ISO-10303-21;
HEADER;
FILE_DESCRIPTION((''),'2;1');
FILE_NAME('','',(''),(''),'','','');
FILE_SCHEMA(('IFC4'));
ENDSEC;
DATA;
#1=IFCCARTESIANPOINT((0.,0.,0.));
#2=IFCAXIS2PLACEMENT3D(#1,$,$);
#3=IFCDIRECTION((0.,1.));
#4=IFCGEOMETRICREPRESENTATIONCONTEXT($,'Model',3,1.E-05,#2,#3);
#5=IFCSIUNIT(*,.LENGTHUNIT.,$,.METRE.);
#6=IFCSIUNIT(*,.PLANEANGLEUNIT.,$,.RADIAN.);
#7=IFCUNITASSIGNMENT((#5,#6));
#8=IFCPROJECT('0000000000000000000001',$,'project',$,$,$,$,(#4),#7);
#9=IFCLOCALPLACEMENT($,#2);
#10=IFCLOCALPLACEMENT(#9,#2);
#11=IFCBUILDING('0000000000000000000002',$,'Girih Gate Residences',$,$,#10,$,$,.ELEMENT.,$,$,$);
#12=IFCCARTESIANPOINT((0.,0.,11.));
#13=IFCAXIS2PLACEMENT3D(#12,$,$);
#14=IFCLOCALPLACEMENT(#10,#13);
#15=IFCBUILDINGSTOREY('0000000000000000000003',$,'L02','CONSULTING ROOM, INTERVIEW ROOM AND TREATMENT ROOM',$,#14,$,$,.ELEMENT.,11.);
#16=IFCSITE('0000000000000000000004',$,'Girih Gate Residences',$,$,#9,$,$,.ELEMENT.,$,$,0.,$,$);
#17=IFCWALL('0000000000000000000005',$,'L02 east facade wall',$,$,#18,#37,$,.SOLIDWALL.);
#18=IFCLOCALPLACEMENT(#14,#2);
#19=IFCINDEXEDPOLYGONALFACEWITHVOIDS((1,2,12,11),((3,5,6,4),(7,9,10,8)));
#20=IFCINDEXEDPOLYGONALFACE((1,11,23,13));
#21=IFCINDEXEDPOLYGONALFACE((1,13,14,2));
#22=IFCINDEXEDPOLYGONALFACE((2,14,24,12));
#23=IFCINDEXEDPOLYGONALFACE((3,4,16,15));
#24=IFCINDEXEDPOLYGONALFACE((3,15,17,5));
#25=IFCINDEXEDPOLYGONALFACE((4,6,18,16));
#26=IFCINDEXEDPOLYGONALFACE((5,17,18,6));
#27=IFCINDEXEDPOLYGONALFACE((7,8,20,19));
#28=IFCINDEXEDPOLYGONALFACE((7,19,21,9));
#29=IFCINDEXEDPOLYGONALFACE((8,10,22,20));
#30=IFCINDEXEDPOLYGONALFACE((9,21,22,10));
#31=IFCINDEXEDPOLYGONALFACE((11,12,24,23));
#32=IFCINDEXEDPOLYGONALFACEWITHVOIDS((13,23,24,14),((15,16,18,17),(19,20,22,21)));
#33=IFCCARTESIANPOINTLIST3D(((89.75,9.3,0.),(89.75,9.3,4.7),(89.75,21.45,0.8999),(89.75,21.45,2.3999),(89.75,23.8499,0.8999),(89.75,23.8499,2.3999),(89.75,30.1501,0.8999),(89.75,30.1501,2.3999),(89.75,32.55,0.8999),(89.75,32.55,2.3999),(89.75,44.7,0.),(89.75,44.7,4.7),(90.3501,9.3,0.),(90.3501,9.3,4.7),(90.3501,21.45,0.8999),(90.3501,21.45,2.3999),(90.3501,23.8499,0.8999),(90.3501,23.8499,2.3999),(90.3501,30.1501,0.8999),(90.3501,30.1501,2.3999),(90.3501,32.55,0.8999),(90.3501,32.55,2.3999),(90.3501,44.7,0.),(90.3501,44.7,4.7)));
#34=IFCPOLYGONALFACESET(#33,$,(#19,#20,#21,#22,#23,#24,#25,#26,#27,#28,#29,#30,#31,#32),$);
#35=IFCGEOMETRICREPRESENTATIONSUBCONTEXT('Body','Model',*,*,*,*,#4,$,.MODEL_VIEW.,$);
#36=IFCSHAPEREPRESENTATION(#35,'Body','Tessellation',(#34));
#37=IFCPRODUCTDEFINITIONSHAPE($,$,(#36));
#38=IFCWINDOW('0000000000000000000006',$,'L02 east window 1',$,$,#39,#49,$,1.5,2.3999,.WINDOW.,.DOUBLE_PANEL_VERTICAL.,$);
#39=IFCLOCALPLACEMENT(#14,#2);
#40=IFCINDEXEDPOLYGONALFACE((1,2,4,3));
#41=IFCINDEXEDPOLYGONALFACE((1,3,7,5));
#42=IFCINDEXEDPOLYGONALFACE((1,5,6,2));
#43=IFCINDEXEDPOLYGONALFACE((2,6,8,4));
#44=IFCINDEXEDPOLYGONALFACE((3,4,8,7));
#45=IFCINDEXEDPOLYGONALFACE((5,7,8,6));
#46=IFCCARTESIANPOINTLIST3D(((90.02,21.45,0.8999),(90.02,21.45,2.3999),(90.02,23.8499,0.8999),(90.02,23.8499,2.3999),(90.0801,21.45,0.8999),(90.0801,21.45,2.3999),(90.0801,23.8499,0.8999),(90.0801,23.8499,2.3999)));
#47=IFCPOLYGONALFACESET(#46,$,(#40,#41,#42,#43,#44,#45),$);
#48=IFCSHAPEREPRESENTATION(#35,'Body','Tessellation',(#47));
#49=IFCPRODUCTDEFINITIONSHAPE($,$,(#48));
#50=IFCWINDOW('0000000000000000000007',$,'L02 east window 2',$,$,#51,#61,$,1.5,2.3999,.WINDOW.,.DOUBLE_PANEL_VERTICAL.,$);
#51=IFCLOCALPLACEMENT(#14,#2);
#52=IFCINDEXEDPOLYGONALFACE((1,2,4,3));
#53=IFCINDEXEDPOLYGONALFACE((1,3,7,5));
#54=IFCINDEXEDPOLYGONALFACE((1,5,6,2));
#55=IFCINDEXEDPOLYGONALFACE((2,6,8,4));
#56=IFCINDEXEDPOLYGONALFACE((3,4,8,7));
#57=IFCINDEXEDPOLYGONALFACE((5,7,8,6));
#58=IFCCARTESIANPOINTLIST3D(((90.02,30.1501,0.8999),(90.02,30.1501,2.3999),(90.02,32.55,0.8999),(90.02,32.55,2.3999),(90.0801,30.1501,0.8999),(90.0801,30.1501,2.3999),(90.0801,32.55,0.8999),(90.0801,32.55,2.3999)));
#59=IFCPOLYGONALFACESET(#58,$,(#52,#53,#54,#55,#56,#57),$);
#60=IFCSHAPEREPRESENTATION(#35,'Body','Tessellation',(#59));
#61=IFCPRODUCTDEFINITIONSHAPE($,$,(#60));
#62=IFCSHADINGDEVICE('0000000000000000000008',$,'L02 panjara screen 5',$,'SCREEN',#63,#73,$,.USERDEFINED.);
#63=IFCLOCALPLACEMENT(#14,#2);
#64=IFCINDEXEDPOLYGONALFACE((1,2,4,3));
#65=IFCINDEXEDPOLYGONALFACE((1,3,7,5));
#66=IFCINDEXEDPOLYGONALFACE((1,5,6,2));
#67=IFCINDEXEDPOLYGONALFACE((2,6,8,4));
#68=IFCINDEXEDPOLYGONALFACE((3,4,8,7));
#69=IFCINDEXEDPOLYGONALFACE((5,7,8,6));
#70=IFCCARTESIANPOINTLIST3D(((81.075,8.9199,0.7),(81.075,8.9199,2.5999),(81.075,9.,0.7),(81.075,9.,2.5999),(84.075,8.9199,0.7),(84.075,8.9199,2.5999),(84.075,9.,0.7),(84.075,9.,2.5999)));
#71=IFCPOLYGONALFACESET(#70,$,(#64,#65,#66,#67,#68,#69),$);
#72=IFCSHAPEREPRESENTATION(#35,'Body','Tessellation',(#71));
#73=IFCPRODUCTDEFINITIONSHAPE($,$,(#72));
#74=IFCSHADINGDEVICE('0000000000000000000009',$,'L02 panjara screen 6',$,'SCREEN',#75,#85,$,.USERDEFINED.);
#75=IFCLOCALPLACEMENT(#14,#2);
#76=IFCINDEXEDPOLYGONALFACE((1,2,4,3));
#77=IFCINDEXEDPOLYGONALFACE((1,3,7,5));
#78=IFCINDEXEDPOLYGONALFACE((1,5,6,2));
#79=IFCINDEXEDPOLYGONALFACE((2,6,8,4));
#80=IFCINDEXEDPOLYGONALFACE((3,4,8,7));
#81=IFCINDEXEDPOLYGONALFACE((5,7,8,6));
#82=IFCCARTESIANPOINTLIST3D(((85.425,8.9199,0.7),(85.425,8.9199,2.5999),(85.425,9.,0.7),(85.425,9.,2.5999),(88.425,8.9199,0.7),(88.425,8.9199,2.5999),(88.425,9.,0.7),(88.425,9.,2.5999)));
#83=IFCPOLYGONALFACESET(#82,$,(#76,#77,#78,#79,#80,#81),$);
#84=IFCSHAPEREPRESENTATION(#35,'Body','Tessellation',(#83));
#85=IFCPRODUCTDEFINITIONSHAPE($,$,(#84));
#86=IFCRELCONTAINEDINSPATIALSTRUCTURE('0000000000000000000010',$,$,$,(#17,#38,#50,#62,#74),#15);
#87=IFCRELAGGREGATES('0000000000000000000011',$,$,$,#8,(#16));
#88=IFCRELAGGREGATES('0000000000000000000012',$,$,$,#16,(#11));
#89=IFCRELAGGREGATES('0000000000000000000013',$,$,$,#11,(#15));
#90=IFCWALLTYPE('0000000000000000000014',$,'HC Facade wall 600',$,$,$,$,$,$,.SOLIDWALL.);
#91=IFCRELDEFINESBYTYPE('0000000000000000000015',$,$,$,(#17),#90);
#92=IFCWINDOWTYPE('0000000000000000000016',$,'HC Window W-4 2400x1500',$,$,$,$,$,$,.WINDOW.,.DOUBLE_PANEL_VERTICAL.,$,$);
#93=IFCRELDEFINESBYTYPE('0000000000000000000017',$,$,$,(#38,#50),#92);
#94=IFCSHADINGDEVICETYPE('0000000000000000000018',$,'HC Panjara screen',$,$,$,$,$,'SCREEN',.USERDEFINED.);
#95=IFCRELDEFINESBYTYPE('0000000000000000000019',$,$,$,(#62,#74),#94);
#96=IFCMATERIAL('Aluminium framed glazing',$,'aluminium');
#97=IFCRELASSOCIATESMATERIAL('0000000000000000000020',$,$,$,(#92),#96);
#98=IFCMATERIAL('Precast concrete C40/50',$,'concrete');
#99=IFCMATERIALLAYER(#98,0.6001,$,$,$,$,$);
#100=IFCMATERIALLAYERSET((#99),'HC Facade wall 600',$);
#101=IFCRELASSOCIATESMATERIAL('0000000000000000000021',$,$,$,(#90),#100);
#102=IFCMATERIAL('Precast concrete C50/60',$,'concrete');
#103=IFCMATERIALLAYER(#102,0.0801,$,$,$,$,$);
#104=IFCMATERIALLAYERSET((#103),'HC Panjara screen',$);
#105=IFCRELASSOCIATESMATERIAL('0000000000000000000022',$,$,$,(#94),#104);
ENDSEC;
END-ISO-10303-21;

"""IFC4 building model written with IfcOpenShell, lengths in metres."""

from ifc_helpers import new_model, si_unit, direction, frame, frame_2d, origin, origin_2d, place, context, subcontext, project, spatial, rectangle, extrude, material, layer, layer_set, type_object, element, fill, save


model = new_model("IFC4")

# Units and contexts
model_context = context("Model", 3, precision=1e-05, world=origin(), true_north=direction((0.0, 1.0)))
body_context = subcontext(model_context, "Body", "Model", "MODEL_VIEW")
ifc_project = project(units=[si_unit("LENGTHUNIT", "METRE"), si_unit("PLANEANGLEUNIT", "RADIAN")], contexts=[model_context])

# Site, building, storey
site_placement = place(None, origin())
site = spatial("IfcSite", under=ifc_project, at=site_placement, Name="Girih Gate Residences", CompositionType="ELEMENT", RefElevation=0.0)
building_placement = place(site_placement, origin())
building = spatial("IfcBuilding", under=site, at=building_placement, Name="Girih Gate Residences", CompositionType="ELEMENT")
storey_placement = place(building_placement, frame((0.0, 0.0, 11.0)))
storey = spatial("IfcBuildingStorey", under=building, at=storey_placement, Name="L02", Description="CONSULTING ROOM, INTERVIEW ROOM AND TREATMENT ROOM", CompositionType="ELEMENT", Elevation=11.0)

# Wall, openings, windows
ifc_material_1 = material(Name="Precast concrete C40/50", Category="concrete")
ifc_material_2 = material(Name="Aluminium framed glazing", Category="aluminium")
window_type = type_object("IfcWindowType", Name="HC Window W-4 2400x1500", PartitioningType="DOUBLE_PANEL_VERTICAL", PredefinedType="WINDOW", material=ifc_material_2)
ifc_layer_1 = layer(ifc_material_1, 0.6001)
ifc_layer_set_1 = layer_set([ifc_layer_1], Name="HC Facade wall 600")
wall_type_1 = type_object("IfcWallType", Name="HC Facade wall 600", PredefinedType="SOLIDWALL", material=ifc_layer_set_1)
wall_1_placement = place(storey_placement, frame((90.05, 9.3, 0.0), z_axis=(0.0, 0.0, 1.0), x_axis=(0.0, 1.0, 0.0)))
wall_1 = element("IfcWall", 1, at=wall_1_placement, inside=storey, type_object=wall_type_1, Name="L02 east facade wall", PredefinedType="SOLIDWALL", context=body_context, shape_type="SweptSolid", body=[
    extrude(rectangle(XDim=35.3999, YDim=0.6001, at=frame_2d((17.7, 0.0))), origin(), (0.0, 0.0, 1.0), 4.7),
])
opening_1_placement = place(wall_1_placement, frame((12.1499, 0.0, 0.8999)))
opening_1 = element("IfcOpeningElement", 2, at=opening_1_placement, cuts=wall_1, PredefinedType="OPENING", context=body_context, shape_type="SweptSolid", body=[
    extrude(rectangle(XDim=2.3999, YDim=1.5, at=frame_2d((1.2, 0.75))), frame((0.0, 0.3101, 0.0), z_axis=(0.0, -1.0, 0.0), x_axis=(1.0, 0.0, 0.0)), (0.0, 0.0, 1.0), 0.6201),
])
opening_2_placement = place(wall_1_placement, frame((20.8501, 0.0, 0.8999)))
opening_2 = element("IfcOpeningElement", 3, at=opening_2_placement, cuts=wall_1, PredefinedType="OPENING", context=body_context, shape_type="SweptSolid", body=[
    extrude(rectangle(XDim=2.3999, YDim=1.5, at=frame_2d((1.2, 0.75))), frame((0.0, 0.3101, 0.0), z_axis=(0.0, -1.0, 0.0), x_axis=(1.0, 0.0, 0.0)), (0.0, 0.0, 1.0), 0.6201),
])
window_1_placement = place(opening_1_placement, origin())
window_1 = element("IfcWindow", 4, at=window_1_placement, inside=storey, type_object=window_type, Name="L02 east window 1", OverallHeight=1.5, OverallWidth=2.3999, PartitioningType="DOUBLE_PANEL_VERTICAL", PredefinedType="WINDOW", context=body_context, shape_type="SweptSolid", body=[
    extrude(rectangle(XDim=2.3999, YDim=1.5, at=frame_2d((1.2, 0.75))), frame((0.0, 0.03, 0.0), z_axis=(0.0, -1.0, 0.0), x_axis=(1.0, 0.0, 0.0)), (0.0, 0.0, 1.0), 0.0601),
])
fill(opening_1, window_1)
window_2_placement = place(opening_2_placement, origin())
window_2 = element("IfcWindow", 5, at=window_2_placement, inside=storey, type_object=window_type, Name="L02 east window 2", OverallHeight=1.5, OverallWidth=2.3999, PartitioningType="DOUBLE_PANEL_VERTICAL", PredefinedType="WINDOW", context=body_context, shape_type="SweptSolid", body=[
    extrude(rectangle(XDim=2.3999, YDim=1.5, at=frame_2d((1.2, 0.75))), frame((0.0, 0.03, 0.0), z_axis=(0.0, -1.0, 0.0), x_axis=(1.0, 0.0, 0.0)), (0.0, 0.0, 1.0), 0.0601),
])
fill(opening_2, window_2)

# Shading devices
ifc_material_3 = material(Name="Precast concrete C50/60", Category="concrete")
ifc_layer_2 = layer(ifc_material_3, 0.0801)
ifc_layer_set_2 = layer_set([ifc_layer_2], Name="HC Panjara screen")
shading_device_type = type_object("IfcShadingDeviceType", Name="HC Panjara screen", ElementType="SCREEN", PredefinedType="USERDEFINED", material=ifc_layer_set_2)
for number, where, z_axis, x_axis, name in (
    (6, (82.575, 8.96, 0.7), (0.0, 0.0, 1.0), (1.0, 0.0, 0.0), "L02 panjara screen 5"),
    (7, (86.925, 8.96, 0.7), (0.0, 0.0, 1.0), (1.0, 0.0, 0.0), "L02 panjara screen 6"),
):
    element("IfcShadingDevice", number, at=place(storey_placement, frame(where, z_axis=z_axis, x_axis=x_axis)), inside=storey, type_object=shading_device_type, Name=name, ObjectType="SCREEN", PredefinedType="USERDEFINED", context=body_context, shape_type="SweptSolid", body=[
        extrude(rectangle(XDim=3.0, YDim=0.0801, at=origin_2d()), origin(), (0.0, 0.0, 1.0), 1.8999),
    ])

save(model, "model.ifc")
